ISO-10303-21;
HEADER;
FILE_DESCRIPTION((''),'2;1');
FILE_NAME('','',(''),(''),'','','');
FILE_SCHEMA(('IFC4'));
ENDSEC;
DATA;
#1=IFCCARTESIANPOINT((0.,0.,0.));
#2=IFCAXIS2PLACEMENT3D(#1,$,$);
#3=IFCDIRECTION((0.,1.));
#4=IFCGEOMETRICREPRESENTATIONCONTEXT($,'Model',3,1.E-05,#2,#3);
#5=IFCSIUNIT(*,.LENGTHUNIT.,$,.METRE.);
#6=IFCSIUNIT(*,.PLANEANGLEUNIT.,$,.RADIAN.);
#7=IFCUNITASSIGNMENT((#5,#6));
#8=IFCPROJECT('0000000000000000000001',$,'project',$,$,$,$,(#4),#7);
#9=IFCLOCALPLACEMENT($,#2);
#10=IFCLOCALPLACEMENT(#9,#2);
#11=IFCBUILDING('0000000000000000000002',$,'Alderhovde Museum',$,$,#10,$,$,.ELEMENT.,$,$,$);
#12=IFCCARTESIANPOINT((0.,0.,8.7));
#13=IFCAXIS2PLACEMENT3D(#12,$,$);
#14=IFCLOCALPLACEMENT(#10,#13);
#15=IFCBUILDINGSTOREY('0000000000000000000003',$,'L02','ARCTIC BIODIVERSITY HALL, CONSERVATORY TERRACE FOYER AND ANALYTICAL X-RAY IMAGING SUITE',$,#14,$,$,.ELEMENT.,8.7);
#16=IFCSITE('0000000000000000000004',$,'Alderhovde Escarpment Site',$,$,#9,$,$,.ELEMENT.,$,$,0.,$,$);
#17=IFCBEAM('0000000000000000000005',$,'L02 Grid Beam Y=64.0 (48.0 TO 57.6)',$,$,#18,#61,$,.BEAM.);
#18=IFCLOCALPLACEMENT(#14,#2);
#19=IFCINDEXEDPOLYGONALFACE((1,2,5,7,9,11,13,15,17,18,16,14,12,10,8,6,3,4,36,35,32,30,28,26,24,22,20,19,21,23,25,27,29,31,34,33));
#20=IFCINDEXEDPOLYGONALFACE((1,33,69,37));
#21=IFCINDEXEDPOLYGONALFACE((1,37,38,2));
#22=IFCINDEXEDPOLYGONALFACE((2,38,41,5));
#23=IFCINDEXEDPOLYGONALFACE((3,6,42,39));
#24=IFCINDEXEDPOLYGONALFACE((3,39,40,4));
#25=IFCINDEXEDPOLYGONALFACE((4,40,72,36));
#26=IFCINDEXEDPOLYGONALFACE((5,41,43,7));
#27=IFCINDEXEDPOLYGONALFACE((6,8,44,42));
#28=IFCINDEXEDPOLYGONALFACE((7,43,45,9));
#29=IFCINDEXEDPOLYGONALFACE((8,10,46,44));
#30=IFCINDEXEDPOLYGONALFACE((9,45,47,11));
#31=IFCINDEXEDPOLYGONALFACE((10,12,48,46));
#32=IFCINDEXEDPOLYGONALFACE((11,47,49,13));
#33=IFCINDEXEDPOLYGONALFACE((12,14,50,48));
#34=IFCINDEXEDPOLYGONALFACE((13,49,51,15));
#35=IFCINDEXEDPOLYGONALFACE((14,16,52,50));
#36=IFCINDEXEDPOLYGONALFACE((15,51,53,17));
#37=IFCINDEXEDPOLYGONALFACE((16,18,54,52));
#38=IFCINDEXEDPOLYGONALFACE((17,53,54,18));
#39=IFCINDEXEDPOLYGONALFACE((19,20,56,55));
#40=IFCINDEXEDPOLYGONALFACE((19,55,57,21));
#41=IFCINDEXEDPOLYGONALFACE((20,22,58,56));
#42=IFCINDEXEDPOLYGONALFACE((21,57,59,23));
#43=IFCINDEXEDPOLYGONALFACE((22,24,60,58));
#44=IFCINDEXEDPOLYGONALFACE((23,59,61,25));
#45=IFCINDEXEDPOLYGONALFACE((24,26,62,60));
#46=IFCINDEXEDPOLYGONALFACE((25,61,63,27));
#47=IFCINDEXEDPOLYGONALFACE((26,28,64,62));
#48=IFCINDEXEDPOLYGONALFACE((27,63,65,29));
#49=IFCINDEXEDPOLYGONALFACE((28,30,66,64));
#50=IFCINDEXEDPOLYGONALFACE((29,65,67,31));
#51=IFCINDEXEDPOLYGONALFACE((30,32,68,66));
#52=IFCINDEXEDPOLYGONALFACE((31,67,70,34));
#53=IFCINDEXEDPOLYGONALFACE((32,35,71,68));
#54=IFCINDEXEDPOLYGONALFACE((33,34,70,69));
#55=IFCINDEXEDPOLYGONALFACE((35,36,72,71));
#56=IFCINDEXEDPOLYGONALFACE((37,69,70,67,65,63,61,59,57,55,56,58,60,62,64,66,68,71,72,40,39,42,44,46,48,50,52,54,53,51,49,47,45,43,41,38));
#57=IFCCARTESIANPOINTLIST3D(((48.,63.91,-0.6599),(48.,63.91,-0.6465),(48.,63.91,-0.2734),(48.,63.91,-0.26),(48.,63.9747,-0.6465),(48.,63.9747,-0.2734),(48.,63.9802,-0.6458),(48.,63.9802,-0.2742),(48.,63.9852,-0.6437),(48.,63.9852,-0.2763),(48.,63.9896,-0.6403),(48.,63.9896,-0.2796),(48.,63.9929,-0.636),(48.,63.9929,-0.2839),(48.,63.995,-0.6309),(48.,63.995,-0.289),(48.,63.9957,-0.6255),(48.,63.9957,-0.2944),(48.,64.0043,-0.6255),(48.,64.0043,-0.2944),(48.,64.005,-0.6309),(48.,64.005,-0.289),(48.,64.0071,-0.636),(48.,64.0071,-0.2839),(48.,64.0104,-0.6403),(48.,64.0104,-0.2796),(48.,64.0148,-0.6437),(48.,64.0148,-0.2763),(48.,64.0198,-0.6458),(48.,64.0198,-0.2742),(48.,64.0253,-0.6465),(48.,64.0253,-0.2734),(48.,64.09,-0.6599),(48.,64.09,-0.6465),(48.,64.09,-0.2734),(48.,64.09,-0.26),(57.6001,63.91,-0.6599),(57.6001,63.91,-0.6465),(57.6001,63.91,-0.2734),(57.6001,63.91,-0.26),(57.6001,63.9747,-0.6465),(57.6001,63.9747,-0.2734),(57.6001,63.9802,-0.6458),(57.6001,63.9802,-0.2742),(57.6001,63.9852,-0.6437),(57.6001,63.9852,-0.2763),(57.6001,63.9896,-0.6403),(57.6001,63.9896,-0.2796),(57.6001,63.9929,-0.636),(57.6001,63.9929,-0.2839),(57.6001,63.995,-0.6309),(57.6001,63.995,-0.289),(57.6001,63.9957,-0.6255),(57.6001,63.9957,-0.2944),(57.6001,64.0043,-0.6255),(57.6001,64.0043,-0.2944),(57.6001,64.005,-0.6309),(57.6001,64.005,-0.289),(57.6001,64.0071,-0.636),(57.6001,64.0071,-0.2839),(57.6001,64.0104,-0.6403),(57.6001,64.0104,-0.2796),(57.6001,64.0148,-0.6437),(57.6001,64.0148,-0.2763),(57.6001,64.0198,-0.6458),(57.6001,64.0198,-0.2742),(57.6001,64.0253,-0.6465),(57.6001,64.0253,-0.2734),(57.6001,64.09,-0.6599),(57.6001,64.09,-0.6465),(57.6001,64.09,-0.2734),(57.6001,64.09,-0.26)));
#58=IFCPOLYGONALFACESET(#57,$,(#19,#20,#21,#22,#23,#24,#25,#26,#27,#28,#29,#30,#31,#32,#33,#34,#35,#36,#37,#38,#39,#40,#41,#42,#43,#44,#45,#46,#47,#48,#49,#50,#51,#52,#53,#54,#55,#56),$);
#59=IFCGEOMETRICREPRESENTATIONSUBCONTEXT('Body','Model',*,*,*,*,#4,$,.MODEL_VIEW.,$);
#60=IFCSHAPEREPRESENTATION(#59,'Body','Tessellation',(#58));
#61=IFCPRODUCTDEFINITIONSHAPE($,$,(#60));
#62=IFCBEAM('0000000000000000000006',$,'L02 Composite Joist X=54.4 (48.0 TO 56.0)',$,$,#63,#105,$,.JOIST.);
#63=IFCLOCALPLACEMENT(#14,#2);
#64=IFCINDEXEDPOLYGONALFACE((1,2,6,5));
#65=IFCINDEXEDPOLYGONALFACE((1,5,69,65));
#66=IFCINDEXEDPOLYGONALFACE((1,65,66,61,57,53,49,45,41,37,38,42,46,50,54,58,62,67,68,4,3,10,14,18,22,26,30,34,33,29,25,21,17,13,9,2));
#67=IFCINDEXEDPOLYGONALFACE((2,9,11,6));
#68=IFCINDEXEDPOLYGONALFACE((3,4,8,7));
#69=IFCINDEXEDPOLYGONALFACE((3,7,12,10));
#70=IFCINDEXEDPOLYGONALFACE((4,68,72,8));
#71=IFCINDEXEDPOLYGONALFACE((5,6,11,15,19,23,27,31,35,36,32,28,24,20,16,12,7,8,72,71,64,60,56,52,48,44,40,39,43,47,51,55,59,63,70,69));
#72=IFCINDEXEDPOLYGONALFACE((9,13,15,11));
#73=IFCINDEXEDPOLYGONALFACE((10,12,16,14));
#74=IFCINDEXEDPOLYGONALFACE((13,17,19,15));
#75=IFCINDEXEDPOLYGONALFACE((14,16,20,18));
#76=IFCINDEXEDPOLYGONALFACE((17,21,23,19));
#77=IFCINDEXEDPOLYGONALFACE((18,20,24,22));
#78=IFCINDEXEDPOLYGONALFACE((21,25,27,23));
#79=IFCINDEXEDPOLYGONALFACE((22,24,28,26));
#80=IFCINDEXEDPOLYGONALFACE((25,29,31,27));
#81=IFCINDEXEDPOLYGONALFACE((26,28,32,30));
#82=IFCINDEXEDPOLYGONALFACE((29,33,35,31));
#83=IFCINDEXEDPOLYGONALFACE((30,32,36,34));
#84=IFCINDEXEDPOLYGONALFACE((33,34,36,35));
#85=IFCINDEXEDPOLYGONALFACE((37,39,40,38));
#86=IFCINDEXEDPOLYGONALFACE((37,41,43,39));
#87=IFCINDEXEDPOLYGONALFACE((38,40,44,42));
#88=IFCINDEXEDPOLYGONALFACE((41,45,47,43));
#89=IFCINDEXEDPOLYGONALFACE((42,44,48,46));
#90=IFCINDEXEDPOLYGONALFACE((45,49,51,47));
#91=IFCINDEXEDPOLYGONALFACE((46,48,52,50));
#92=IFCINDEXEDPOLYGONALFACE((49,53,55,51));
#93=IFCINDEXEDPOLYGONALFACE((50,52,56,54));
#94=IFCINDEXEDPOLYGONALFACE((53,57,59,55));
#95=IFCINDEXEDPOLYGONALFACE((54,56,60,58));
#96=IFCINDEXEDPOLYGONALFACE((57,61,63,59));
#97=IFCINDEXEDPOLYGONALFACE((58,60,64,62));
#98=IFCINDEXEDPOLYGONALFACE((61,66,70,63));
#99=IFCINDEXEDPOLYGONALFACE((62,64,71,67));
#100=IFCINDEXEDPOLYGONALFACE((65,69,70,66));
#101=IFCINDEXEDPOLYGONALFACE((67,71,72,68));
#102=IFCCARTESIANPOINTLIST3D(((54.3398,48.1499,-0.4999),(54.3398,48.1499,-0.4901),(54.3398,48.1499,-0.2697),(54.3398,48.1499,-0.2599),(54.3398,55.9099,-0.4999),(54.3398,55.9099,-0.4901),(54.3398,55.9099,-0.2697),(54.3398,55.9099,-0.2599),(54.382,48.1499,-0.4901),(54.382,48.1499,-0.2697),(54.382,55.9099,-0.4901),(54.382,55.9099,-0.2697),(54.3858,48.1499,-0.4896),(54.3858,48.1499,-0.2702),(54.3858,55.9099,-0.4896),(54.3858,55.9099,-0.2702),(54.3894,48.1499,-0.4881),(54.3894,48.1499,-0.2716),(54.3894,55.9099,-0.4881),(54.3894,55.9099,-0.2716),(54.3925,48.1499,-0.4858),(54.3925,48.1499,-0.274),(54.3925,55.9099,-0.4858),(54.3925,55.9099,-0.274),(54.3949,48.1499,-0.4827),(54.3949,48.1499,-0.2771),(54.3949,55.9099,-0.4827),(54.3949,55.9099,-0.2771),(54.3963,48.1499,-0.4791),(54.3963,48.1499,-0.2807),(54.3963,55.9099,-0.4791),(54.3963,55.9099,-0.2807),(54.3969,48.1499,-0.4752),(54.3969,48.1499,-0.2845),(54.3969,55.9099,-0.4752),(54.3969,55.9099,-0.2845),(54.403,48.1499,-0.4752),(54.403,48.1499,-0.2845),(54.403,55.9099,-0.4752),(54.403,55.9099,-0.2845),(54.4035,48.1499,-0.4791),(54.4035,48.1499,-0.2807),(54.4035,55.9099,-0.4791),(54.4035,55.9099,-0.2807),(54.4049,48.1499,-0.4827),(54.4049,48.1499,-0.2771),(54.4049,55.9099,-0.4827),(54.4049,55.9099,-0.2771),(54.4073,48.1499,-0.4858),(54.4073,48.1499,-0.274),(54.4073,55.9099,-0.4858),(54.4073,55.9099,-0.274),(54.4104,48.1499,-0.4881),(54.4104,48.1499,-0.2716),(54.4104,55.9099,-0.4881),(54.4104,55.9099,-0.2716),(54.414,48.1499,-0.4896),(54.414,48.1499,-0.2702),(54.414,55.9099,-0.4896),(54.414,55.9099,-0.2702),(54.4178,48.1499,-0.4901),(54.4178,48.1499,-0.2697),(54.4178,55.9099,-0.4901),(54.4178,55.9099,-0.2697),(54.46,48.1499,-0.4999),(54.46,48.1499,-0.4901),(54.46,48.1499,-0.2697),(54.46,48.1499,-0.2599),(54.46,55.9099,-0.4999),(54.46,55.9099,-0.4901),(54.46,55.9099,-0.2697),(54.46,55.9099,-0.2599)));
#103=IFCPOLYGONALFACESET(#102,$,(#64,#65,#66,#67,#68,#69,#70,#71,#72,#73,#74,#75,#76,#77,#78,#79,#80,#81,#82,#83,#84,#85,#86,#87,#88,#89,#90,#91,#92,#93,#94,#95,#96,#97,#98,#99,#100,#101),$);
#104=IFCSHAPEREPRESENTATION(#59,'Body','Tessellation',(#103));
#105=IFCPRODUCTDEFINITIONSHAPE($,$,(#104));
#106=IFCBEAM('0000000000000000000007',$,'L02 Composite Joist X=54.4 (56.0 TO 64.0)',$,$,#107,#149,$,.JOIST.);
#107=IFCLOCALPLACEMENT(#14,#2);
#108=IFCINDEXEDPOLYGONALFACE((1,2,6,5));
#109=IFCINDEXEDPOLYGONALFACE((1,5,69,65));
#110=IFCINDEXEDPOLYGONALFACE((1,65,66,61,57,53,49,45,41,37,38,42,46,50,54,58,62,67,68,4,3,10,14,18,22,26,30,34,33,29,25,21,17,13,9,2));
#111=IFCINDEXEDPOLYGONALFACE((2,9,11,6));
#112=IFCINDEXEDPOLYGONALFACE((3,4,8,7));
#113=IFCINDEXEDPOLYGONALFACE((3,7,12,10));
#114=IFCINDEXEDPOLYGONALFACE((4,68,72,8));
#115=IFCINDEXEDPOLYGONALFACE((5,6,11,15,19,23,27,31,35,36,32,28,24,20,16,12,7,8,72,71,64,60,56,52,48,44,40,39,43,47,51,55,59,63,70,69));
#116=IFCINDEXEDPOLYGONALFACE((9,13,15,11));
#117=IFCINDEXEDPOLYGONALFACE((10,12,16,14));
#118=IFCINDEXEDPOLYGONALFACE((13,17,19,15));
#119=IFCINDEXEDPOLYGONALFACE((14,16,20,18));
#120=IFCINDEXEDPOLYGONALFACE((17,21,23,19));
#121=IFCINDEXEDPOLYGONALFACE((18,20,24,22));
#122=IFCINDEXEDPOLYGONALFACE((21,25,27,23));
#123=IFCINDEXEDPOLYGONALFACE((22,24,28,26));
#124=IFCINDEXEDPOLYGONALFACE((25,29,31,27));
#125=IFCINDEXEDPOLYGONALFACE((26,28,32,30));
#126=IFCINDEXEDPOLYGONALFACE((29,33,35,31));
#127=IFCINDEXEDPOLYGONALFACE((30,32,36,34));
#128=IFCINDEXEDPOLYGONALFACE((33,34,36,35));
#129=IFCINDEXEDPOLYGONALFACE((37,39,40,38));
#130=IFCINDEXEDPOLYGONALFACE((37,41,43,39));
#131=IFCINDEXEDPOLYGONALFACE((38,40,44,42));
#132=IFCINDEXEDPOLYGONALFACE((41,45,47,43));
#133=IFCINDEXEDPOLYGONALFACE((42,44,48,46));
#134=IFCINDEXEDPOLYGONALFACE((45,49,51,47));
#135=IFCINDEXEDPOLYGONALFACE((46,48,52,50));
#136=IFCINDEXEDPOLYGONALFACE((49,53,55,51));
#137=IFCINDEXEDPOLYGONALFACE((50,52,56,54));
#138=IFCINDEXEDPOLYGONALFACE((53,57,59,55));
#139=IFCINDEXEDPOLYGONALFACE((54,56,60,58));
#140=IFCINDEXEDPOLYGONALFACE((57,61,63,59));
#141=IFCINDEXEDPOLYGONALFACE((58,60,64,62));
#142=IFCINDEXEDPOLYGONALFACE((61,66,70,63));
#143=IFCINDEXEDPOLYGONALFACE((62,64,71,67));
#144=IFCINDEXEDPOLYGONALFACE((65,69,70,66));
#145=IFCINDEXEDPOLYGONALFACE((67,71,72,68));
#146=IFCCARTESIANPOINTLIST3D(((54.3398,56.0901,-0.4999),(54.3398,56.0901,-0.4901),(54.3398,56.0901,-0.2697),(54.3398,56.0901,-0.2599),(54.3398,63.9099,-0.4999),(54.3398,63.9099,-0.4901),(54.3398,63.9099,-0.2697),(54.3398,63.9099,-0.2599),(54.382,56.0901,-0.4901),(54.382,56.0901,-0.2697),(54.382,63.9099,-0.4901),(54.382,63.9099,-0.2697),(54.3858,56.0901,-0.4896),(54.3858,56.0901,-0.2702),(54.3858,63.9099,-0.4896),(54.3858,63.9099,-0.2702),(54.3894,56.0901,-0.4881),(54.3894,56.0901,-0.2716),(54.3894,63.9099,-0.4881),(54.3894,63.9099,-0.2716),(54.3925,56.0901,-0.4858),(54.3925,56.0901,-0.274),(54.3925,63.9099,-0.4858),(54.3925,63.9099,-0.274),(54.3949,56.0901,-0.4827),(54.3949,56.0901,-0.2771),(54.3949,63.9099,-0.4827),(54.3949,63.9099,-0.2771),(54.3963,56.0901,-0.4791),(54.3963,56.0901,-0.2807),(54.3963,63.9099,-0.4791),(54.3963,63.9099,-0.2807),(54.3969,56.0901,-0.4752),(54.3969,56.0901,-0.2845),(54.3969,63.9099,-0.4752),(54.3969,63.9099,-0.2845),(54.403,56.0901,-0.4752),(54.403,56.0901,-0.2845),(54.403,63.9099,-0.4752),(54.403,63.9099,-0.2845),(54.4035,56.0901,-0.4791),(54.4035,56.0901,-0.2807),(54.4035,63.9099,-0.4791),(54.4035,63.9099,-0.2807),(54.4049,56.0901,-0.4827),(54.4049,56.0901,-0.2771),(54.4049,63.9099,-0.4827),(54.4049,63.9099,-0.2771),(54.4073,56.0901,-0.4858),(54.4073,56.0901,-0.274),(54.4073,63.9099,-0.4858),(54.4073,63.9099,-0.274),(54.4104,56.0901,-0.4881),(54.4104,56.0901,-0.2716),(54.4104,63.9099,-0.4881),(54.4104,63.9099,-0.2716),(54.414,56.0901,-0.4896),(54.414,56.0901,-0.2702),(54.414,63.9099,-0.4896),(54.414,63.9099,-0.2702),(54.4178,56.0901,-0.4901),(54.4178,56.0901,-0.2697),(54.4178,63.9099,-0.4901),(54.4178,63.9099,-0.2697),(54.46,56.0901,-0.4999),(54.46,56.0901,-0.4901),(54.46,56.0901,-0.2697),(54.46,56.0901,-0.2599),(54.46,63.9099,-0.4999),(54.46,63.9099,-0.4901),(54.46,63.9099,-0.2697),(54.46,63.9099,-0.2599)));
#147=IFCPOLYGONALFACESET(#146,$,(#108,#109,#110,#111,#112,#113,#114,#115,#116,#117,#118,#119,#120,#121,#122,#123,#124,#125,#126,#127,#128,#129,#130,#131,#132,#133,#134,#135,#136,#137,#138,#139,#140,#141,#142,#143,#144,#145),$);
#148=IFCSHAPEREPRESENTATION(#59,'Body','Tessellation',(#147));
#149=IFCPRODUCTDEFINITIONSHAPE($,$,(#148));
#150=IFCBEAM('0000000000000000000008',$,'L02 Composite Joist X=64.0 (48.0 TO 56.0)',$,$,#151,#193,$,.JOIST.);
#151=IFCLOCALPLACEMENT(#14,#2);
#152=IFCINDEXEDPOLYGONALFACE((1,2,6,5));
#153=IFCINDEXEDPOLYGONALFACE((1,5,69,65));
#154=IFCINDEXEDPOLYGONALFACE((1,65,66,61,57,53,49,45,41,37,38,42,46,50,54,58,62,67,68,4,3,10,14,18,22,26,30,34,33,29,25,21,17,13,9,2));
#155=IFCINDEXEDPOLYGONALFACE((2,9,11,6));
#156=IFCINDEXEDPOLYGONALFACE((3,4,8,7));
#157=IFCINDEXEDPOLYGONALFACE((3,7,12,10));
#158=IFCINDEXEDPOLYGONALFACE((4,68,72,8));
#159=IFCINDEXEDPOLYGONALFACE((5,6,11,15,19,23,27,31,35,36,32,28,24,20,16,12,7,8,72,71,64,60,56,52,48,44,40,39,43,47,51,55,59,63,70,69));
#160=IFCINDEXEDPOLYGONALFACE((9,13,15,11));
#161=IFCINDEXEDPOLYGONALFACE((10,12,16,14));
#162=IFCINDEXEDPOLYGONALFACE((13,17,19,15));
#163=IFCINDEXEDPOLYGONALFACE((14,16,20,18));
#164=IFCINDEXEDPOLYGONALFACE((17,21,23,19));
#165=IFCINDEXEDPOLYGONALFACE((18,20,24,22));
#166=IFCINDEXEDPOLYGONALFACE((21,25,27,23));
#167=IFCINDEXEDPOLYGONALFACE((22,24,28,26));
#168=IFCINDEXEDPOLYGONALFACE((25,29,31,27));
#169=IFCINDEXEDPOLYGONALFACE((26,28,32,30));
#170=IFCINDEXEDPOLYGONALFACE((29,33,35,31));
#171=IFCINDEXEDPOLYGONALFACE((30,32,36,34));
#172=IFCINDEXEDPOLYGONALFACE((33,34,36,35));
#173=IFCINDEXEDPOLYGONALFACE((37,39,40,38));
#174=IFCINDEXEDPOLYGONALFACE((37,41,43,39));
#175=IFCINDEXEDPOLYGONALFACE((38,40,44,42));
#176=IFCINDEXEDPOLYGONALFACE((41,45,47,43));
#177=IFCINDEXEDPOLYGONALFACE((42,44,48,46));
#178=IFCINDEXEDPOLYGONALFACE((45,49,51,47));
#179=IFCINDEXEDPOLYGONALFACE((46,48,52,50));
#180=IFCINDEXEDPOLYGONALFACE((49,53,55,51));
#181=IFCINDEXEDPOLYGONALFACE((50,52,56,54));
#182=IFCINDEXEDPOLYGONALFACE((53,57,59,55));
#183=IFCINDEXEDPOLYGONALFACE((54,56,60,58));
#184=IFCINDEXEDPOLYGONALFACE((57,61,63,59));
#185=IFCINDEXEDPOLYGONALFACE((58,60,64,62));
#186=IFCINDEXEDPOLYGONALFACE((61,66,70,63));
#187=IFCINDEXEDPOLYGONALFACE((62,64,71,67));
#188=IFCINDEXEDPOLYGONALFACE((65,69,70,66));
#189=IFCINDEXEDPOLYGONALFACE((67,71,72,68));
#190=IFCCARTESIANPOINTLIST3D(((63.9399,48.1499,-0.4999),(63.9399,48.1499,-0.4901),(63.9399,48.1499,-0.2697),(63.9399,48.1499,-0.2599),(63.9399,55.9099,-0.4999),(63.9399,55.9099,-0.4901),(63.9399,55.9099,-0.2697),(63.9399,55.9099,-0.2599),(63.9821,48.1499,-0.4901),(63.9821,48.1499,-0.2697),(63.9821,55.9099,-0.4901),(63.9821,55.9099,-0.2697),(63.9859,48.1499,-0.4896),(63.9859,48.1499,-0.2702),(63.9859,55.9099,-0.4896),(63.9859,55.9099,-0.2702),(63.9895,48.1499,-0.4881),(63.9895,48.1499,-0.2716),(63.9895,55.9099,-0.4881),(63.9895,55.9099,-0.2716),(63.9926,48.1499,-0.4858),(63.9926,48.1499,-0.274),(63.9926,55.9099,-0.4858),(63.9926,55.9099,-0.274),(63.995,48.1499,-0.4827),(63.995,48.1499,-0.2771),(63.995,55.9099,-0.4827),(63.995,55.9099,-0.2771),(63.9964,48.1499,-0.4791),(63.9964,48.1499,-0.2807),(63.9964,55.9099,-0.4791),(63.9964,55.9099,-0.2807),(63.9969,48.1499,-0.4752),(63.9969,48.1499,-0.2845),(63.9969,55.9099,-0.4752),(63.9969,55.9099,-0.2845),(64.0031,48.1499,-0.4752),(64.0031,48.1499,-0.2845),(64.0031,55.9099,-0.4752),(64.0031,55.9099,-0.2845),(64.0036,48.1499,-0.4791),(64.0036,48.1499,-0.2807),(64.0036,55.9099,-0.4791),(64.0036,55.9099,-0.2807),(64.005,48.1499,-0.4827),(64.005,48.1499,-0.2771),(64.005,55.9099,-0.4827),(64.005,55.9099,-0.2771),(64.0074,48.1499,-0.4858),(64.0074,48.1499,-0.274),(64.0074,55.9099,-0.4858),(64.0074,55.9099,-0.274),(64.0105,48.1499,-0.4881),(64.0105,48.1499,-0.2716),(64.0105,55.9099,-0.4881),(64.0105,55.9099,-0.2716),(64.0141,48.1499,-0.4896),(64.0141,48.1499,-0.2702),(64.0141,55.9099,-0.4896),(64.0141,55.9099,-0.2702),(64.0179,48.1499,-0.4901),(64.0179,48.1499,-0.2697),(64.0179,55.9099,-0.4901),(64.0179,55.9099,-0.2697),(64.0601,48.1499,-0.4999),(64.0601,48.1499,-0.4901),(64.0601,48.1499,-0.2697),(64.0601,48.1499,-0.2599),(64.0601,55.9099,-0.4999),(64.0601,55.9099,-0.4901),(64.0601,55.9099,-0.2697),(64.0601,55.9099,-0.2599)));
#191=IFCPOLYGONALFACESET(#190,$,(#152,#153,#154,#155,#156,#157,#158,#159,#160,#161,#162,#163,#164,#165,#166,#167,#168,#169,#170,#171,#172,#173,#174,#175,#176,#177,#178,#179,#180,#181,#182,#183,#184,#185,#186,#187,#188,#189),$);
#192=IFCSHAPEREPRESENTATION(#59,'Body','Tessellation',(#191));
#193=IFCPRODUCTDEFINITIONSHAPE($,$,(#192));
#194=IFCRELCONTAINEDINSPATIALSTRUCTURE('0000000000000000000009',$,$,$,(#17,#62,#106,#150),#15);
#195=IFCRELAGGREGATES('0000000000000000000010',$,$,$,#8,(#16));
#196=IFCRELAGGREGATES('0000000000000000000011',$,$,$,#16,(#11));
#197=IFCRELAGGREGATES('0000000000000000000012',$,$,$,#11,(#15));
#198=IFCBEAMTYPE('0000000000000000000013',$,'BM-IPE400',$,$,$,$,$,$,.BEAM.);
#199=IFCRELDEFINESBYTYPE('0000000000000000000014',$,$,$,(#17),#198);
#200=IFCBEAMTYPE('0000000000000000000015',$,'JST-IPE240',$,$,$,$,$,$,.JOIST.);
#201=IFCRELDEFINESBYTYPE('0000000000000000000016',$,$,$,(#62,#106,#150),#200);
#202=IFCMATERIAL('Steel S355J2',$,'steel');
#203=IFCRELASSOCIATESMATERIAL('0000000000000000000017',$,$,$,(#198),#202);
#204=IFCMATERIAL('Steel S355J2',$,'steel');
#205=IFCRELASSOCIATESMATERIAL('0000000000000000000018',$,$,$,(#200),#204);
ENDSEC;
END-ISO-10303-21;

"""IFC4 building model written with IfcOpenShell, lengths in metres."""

from ifc_helpers import new_model, si_unit, direction, frame, origin, origin_2d, place, context, subcontext, project, spatial, i_section, extrude, material, material_profile, profile_set, type_object, element, save


model = new_model("IFC4")

# Units and contexts
model_context = context("Model", 3, precision=1e-05, world=origin(), true_north=direction((0.0, 1.0)))
body_context = subcontext(model_context, "Body", "Model", "MODEL_VIEW")
ifc_project = project(units=[si_unit("LENGTHUNIT", "METRE"), si_unit("PLANEANGLEUNIT", "RADIAN")], contexts=[model_context])

# Site, building, storey
site_placement = place(None, origin())
site = spatial("IfcSite", under=ifc_project, at=site_placement, Name="Alderhovde Escarpment Site", CompositionType="ELEMENT", RefElevation=0.0)
building_placement = place(site_placement, origin())
building = spatial("IfcBuilding", under=site, at=building_placement, Name="Alderhovde Museum", CompositionType="ELEMENT")
storey_placement = place(building_placement, frame((0.0, 0.0, 8.7)))
storey = spatial("IfcBuildingStorey", under=building, at=storey_placement, Name="L02", Description="ARCTIC BIODIVERSITY HALL, CONSERVATORY TERRACE FOYER AND ANALYTICAL X-RAY IMAGING SUITE", CompositionType="ELEMENT", Elevation=8.7)

# Beams
ifc_material_1 = material(Name="Steel S355J2", Category="steel")
ifc_material_profile_1 = material_profile(ifc_material_1, i_section(OverallWidth=0.1799, OverallDepth=0.3999, WebThickness=0.0085, FlangeThickness=0.0134, FilletRadius=0.021, at=origin_2d()), Name="IPE 400")
ifc_profile_set_1 = profile_set([ifc_material_profile_1], Name="Steel S355J2")
beam_type_1 = type_object("IfcBeamType", Name="BM-IPE400", PredefinedType="BEAM", material=ifc_profile_set_1)
beam_1_placement = place(storey_placement, frame((48.0, 64.0, -0.46), z_axis=(1.0, 0.0, 0.0), x_axis=(0.0, 1.0, 0.0)))
element("IfcBeam", 1, at=beam_1_placement, inside=storey, type_object=beam_type_1, Name="L02 Grid Beam Y=64.0 (48.0 TO 57.6)", PredefinedType="BEAM", context=body_context, shape_type="SweptSolid", body=[
    extrude(i_section(OverallWidth=0.1799, OverallDepth=0.3999, WebThickness=0.0085, FlangeThickness=0.0134, FilletRadius=0.021, at=origin_2d()), origin(), (0.0, 0.0, 1.0), 9.6001),
])
ifc_material_2 = material(Name="Steel S355J2", Category="steel")
ifc_material_profile_2 = material_profile(ifc_material_2, i_section(OverallWidth=0.1201, OverallDepth=0.24, WebThickness=0.0061, FlangeThickness=0.0098, FilletRadius=0.0149, at=origin_2d()), Name="IPE 240")
ifc_profile_set_2 = profile_set([ifc_material_profile_2], Name="Steel S355J2")
beam_type_2 = type_object("IfcBeamType", Name="JST-IPE240", PredefinedType="JOIST", material=ifc_profile_set_2)
beam_2_placement = place(storey_placement, frame((54.3999, 48.1499, -0.3799), z_axis=(0.0, 1.0, 0.0), x_axis=(-1.0, 0.0, 0.0)))
element("IfcBeam", 2, at=beam_2_placement, inside=storey, type_object=beam_type_2, Name="L02 Composite Joist X=54.4 (48.0 TO 56.0)", PredefinedType="JOIST", context=body_context, shape_type="SweptSolid", body=[
    extrude(i_section(OverallWidth=0.1201, OverallDepth=0.24, WebThickness=0.0061, FlangeThickness=0.0098, FilletRadius=0.0149, at=origin_2d()), origin(), (0.0, 0.0, 1.0), 7.76),
])
beam_3_placement = place(storey_placement, frame((54.3999, 56.0901, -0.3799), z_axis=(0.0, 1.0, 0.0), x_axis=(-1.0, 0.0, 0.0)))
element("IfcBeam", 3, at=beam_3_placement, inside=storey, type_object=beam_type_2, Name="L02 Composite Joist X=54.4 (56.0 TO 64.0)", PredefinedType="JOIST", context=body_context, shape_type="SweptSolid", body=[
    extrude(i_section(OverallWidth=0.1201, OverallDepth=0.24, WebThickness=0.0061, FlangeThickness=0.0098, FilletRadius=0.0149, at=origin_2d()), origin(), (0.0, 0.0, 1.0), 7.8198),
])
beam_4_placement = place(storey_placement, frame((64.0, 48.1499, -0.3799), z_axis=(0.0, 1.0, 0.0), x_axis=(-1.0, 0.0, 0.0)))
element("IfcBeam", 4, at=beam_4_placement, inside=storey, type_object=beam_type_2, Name="L02 Composite Joist X=64.0 (48.0 TO 56.0)", PredefinedType="JOIST", context=body_context, shape_type="SweptSolid", body=[
    extrude(i_section(OverallWidth=0.1201, OverallDepth=0.24, WebThickness=0.0061, FlangeThickness=0.0098, FilletRadius=0.0149, at=origin_2d()), origin(), (0.0, 0.0, 1.0), 7.76),
])

save(model, "model.ifc")
